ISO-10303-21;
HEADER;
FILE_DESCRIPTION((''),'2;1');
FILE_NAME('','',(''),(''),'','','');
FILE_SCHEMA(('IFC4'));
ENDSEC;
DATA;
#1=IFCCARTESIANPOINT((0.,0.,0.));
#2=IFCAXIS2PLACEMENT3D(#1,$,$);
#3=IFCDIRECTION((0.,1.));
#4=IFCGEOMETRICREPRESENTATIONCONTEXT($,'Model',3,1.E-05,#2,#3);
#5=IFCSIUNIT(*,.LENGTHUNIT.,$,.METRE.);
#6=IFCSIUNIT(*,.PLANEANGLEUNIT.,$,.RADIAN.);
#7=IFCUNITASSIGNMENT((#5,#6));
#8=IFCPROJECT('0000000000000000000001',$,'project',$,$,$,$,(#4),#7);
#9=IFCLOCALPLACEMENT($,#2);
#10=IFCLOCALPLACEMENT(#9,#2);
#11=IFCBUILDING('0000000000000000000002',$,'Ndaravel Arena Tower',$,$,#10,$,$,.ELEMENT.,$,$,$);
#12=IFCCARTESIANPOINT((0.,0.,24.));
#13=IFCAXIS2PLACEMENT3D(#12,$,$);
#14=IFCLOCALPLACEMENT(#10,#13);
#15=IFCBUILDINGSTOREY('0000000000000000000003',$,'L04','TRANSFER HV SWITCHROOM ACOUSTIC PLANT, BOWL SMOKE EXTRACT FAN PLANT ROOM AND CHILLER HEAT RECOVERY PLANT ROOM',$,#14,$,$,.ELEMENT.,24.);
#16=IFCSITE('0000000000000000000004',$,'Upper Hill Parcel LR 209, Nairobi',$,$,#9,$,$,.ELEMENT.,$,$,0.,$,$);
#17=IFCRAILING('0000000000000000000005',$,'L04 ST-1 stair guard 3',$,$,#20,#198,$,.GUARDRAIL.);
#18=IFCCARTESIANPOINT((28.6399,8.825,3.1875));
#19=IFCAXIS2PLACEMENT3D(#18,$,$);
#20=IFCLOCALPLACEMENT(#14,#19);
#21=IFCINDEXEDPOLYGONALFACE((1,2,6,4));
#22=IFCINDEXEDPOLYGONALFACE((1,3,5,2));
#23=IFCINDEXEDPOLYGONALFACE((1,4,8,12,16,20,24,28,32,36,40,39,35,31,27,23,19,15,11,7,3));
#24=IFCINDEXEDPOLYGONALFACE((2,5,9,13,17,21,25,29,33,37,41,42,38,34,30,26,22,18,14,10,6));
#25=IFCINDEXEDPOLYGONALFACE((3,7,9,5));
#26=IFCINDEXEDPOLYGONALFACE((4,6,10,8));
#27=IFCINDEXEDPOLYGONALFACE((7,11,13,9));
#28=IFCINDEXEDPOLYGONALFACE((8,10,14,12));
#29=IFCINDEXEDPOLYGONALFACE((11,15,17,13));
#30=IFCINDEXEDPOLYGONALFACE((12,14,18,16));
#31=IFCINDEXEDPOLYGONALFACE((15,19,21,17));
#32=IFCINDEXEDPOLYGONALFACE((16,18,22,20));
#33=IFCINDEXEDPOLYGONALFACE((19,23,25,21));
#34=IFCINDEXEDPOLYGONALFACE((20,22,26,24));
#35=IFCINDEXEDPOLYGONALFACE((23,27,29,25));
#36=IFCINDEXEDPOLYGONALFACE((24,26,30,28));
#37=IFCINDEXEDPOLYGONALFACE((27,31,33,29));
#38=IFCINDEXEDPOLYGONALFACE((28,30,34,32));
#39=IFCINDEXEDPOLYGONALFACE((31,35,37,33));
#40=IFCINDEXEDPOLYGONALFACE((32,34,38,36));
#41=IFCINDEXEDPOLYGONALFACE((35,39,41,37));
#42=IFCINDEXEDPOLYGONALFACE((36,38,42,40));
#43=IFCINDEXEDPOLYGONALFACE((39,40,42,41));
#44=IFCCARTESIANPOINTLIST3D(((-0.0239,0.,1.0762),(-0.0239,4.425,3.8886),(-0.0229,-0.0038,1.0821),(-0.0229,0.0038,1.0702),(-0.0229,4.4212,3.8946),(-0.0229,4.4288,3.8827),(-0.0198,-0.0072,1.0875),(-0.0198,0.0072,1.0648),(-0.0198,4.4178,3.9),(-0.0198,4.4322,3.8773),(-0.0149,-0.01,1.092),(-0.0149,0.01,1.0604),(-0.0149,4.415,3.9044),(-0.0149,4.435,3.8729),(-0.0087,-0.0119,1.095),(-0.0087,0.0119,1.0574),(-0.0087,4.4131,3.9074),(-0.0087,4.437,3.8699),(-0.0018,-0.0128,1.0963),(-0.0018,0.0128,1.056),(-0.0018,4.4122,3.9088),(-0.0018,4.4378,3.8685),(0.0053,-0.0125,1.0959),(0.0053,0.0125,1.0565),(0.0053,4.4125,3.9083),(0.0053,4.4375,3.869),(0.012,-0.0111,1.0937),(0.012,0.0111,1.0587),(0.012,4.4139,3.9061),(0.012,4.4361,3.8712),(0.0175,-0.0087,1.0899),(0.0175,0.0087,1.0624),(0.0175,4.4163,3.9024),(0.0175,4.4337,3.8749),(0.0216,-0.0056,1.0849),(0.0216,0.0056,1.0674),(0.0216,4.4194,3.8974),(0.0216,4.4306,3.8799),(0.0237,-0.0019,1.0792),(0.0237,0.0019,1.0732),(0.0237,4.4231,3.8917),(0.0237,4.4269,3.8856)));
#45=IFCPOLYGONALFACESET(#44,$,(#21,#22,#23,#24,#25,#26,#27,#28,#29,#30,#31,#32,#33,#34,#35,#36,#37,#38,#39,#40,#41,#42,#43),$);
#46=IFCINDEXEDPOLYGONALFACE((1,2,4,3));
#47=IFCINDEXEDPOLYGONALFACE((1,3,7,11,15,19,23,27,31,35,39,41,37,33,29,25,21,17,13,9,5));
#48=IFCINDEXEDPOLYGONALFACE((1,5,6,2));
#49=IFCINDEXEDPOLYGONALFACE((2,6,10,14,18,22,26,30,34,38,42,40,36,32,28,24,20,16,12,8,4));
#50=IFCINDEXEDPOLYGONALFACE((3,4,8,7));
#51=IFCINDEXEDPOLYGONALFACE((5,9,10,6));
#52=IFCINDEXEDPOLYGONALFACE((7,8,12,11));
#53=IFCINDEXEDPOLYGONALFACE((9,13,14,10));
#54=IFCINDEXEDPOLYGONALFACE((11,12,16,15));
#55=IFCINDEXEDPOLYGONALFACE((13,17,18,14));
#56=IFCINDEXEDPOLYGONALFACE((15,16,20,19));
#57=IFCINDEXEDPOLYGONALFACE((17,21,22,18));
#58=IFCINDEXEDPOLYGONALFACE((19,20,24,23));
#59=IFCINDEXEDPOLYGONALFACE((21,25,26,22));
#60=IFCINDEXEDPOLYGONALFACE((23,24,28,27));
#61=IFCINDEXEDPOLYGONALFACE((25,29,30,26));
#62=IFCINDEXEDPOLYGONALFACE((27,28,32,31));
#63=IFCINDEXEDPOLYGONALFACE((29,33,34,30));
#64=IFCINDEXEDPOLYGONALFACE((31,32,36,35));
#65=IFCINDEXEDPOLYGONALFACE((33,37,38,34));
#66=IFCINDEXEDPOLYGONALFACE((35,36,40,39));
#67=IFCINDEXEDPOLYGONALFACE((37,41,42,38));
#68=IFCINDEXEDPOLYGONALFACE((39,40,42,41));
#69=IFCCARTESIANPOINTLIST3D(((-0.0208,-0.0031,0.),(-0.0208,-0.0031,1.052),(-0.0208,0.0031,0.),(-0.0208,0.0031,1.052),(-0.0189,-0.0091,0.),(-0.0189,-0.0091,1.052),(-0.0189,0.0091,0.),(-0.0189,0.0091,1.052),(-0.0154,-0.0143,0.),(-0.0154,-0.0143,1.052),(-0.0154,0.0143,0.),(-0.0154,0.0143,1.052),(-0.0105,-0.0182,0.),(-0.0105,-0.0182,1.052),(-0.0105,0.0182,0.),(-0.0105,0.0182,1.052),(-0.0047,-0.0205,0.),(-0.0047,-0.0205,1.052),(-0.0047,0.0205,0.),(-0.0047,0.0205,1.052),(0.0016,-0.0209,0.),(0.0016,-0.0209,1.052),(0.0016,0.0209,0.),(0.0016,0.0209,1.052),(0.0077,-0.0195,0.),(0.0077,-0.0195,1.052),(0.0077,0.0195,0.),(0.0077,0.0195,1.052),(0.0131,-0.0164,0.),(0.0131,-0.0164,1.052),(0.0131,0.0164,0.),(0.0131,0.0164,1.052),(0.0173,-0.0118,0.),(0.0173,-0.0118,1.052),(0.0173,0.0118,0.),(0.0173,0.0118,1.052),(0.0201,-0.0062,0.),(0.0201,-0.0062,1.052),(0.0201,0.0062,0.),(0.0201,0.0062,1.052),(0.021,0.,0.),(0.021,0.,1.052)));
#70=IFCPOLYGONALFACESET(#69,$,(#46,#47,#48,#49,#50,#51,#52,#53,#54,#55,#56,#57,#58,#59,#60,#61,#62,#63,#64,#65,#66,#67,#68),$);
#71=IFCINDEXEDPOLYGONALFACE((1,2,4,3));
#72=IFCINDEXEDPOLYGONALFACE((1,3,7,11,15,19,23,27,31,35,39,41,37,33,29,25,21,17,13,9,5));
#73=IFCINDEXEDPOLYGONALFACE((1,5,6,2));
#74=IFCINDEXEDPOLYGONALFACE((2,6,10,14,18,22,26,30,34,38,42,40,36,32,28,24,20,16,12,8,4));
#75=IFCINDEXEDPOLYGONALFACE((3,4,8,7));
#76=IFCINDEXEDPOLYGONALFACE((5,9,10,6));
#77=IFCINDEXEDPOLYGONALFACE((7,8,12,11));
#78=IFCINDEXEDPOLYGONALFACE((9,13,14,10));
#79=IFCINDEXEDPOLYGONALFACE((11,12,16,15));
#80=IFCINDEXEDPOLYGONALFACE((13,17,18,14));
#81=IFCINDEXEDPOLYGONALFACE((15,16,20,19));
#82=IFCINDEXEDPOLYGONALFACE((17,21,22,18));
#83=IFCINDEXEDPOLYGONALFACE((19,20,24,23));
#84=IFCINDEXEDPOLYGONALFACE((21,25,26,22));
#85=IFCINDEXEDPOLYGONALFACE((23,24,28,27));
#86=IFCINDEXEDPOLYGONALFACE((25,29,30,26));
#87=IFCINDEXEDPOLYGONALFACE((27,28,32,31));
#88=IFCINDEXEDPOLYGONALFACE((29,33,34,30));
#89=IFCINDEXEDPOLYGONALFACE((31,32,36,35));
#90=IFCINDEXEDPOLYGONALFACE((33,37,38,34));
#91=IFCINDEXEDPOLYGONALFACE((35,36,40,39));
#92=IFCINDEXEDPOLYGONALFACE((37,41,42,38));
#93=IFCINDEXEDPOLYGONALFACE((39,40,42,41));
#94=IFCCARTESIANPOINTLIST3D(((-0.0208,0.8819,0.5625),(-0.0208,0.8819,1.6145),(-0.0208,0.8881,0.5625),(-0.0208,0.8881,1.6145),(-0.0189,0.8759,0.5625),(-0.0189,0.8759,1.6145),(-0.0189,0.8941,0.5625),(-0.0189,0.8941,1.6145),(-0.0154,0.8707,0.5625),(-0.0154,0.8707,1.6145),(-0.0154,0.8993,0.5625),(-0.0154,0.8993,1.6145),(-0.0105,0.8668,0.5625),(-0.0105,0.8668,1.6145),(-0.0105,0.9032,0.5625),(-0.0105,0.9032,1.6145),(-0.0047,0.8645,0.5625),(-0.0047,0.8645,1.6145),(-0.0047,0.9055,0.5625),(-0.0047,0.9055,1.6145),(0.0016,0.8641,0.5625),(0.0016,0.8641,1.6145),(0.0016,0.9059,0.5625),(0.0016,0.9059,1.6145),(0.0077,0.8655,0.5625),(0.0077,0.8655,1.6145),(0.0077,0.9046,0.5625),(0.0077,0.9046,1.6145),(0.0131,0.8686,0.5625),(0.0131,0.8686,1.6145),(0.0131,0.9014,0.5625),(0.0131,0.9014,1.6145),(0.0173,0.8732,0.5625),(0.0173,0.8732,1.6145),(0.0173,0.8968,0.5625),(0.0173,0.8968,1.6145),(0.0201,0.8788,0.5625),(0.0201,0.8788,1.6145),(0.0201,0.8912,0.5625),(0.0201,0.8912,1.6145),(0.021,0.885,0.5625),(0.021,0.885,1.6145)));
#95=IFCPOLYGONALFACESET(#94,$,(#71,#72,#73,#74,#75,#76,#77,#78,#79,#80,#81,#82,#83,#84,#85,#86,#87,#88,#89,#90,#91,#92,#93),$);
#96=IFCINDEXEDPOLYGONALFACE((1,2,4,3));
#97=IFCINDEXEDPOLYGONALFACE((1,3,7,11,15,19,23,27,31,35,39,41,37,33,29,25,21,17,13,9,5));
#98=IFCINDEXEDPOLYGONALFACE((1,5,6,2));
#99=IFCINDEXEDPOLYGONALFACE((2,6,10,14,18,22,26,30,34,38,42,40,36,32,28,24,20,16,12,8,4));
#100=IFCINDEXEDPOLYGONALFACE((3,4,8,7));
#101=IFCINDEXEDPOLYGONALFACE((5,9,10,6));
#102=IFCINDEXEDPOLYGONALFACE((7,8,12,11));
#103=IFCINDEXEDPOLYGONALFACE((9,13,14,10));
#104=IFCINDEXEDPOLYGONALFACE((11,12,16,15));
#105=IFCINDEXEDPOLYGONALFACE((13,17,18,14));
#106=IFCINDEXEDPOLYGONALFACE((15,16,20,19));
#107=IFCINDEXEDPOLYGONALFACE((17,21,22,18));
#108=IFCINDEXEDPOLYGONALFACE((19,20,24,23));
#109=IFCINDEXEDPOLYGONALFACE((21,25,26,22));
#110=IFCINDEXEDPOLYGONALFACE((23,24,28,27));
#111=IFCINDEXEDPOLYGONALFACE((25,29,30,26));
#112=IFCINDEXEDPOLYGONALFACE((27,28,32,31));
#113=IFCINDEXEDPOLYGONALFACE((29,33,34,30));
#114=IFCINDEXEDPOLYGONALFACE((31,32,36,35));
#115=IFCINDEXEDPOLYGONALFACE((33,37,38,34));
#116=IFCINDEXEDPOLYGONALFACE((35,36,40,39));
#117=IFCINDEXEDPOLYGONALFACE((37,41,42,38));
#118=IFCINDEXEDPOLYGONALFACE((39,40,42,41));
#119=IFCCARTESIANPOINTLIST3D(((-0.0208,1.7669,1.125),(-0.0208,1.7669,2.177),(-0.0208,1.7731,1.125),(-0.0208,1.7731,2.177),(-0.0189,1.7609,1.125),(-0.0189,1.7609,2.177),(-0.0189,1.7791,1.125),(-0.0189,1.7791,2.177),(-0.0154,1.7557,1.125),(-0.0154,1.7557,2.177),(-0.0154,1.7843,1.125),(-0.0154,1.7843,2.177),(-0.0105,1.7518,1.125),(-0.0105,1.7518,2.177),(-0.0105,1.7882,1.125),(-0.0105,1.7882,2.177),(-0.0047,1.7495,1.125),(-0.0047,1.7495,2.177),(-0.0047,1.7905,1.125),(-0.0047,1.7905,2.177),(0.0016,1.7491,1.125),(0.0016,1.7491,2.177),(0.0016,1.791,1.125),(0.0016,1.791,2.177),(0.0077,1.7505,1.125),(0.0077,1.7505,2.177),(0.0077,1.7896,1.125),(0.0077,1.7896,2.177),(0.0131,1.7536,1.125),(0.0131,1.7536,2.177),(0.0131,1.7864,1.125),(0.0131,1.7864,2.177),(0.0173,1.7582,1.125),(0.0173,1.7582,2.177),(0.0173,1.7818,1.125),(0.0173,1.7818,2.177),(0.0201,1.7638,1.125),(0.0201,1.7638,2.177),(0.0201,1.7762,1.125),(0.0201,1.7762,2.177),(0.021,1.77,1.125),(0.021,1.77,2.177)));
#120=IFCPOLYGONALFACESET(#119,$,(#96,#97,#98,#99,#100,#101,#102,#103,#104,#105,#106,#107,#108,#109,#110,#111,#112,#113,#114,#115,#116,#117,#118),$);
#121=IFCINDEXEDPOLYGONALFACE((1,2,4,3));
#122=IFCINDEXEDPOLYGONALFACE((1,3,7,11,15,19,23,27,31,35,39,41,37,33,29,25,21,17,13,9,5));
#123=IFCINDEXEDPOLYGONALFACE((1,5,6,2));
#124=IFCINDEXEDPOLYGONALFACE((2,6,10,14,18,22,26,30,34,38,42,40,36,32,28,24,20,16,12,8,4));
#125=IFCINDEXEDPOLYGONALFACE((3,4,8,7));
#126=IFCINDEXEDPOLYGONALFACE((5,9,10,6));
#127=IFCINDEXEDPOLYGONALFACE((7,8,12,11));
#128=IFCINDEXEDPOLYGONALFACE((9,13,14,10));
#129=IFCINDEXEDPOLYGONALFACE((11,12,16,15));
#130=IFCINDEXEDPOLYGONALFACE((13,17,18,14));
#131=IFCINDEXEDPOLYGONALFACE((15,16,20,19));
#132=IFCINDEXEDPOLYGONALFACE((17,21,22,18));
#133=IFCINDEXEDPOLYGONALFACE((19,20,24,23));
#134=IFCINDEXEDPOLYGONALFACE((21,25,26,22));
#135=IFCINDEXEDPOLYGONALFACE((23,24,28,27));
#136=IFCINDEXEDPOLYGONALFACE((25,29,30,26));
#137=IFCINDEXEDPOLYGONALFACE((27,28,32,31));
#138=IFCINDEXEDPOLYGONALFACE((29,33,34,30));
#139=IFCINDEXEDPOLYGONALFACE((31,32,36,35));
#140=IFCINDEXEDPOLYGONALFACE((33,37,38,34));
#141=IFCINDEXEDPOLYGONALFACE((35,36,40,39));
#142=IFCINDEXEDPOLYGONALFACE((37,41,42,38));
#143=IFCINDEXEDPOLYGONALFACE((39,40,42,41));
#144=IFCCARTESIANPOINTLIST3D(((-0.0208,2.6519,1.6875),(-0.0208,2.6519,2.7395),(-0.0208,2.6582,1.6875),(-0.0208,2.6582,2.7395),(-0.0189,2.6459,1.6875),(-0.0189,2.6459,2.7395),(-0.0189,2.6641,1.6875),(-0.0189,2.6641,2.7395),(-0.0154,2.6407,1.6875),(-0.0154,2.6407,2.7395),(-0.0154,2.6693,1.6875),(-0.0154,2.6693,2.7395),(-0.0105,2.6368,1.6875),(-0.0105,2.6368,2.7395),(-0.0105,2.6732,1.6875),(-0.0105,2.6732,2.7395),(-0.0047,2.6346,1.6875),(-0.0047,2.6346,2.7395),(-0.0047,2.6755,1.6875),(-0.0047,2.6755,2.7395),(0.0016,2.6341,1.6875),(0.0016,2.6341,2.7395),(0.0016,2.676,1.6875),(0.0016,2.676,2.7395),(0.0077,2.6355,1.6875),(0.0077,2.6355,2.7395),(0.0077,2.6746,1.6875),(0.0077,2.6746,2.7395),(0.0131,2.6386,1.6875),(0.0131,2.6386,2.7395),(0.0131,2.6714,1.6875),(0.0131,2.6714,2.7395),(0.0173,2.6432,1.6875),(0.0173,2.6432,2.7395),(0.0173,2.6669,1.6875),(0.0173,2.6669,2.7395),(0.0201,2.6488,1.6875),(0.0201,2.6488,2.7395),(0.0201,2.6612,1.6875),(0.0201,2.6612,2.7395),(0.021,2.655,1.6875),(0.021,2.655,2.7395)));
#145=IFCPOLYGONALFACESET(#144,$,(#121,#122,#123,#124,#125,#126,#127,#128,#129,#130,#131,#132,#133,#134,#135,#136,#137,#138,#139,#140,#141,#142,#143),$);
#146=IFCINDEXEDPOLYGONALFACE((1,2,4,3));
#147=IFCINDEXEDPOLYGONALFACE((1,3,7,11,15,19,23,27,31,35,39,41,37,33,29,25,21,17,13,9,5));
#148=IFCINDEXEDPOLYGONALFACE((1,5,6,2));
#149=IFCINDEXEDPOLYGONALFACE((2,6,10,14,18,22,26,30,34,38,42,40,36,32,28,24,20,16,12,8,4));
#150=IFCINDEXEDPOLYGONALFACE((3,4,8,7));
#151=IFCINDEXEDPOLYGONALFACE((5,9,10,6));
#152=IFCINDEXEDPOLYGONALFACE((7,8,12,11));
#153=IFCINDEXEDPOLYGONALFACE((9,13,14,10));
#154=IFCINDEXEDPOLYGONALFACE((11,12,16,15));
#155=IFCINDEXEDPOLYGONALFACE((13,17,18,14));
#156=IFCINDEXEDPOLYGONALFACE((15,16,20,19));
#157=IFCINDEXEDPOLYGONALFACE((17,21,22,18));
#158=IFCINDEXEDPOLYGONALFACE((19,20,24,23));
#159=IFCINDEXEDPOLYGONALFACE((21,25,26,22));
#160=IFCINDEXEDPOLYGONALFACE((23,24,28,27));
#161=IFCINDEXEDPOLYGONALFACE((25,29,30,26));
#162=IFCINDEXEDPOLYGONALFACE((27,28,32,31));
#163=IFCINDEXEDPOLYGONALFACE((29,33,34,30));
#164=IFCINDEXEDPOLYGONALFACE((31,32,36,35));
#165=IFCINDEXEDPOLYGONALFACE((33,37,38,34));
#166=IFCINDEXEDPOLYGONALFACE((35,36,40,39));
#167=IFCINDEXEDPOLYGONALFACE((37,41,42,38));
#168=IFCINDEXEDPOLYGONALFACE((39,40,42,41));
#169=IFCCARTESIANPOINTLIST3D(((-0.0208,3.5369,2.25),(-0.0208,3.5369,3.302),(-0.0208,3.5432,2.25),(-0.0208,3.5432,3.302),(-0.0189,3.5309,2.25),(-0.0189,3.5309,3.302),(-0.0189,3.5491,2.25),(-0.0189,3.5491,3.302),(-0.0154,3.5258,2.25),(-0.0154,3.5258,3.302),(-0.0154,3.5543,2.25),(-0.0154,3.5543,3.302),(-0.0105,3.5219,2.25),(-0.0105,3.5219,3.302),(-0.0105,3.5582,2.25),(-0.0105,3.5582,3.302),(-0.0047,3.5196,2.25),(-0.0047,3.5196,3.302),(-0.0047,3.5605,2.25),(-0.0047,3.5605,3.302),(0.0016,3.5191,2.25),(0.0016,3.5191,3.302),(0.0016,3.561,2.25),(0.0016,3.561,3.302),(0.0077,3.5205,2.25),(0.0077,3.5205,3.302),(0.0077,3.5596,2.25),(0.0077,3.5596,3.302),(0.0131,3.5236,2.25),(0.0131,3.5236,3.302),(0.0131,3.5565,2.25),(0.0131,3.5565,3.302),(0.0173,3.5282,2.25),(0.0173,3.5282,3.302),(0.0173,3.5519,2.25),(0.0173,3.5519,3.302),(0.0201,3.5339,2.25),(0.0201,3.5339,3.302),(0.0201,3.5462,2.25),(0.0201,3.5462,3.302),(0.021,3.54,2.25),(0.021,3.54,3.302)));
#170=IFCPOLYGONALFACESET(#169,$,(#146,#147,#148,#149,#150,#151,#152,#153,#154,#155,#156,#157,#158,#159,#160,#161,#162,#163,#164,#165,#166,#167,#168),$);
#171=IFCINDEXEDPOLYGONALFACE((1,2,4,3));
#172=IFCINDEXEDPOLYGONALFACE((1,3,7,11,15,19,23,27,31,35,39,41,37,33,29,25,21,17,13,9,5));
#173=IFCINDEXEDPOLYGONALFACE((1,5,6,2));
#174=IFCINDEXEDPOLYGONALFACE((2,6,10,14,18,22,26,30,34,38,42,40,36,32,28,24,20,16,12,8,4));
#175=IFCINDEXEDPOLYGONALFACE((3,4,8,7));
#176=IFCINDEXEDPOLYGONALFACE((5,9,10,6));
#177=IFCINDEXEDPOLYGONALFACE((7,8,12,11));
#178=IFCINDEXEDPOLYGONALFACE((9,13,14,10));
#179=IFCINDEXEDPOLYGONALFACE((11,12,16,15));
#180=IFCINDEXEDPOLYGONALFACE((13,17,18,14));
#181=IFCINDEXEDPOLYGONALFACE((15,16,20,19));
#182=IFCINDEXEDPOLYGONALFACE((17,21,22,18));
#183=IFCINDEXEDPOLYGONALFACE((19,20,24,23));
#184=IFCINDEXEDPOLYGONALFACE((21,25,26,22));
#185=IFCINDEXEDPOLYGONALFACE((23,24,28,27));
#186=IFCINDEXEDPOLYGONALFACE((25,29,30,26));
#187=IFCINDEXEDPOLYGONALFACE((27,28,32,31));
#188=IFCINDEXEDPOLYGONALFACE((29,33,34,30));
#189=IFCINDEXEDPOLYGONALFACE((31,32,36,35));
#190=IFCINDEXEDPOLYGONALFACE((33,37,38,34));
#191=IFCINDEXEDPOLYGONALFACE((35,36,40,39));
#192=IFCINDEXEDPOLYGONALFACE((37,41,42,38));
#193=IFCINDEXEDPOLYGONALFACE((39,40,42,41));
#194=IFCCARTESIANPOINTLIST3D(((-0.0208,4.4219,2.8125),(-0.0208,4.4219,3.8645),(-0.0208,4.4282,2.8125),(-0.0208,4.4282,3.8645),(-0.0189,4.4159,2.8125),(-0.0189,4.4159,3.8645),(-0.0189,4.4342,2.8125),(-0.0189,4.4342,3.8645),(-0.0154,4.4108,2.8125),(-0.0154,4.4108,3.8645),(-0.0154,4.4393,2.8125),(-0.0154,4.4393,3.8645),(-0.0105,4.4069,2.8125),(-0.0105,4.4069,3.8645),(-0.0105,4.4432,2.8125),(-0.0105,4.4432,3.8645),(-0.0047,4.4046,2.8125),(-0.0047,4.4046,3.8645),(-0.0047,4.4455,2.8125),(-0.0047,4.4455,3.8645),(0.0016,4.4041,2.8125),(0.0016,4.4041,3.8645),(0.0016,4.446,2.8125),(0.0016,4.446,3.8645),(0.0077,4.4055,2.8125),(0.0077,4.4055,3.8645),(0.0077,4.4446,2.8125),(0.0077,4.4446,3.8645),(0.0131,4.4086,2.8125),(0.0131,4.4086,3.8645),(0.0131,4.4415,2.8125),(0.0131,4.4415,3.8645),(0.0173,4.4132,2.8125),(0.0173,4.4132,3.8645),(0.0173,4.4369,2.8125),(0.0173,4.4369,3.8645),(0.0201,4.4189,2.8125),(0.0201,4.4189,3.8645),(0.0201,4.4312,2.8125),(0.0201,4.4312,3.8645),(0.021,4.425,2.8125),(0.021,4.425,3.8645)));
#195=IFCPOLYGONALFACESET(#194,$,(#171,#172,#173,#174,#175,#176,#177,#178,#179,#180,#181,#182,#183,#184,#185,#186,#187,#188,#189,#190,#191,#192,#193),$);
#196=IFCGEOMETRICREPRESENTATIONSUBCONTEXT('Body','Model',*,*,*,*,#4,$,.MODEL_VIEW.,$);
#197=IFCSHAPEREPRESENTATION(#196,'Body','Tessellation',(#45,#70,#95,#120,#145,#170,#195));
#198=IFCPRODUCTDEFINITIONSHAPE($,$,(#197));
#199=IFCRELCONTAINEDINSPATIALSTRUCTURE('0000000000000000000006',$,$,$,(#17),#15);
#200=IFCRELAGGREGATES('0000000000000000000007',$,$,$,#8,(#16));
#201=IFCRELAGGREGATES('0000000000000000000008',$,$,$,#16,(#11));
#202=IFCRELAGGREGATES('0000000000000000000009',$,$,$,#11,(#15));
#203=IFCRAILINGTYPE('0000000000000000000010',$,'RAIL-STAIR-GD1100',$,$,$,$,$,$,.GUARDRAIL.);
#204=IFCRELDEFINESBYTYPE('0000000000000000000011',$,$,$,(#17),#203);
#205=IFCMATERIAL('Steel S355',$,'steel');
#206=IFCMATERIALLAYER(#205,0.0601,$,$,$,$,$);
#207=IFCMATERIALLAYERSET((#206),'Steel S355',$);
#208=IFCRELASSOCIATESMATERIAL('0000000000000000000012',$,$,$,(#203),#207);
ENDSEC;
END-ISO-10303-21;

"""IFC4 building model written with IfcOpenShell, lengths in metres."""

from ifc_helpers import new_model, si_unit, direction, frame, origin, origin_2d, place, context, subcontext, project, spatial, circle, extrude, material, layer, layer_set, type_object, element, save


model = new_model("IFC4")

# Units and contexts
model_context = context("Model", 3, precision=1e-05, world=origin(), true_north=direction((0.0, 1.0)))
body_context = subcontext(model_context, "Body", "Model", "MODEL_VIEW")
ifc_project = project(units=[si_unit("LENGTHUNIT", "METRE"), si_unit("PLANEANGLEUNIT", "RADIAN")], contexts=[model_context])

# Site, building, storey
site_placement = place(None, origin())
site = spatial("IfcSite", under=ifc_project, at=site_placement, Name="Upper Hill Parcel LR 209, Nairobi", CompositionType="ELEMENT", RefElevation=0.0)
building_placement = place(site_placement, origin())
building = spatial("IfcBuilding", under=site, at=building_placement, Name="Ndaravel Arena Tower", CompositionType="ELEMENT")
storey_placement = place(building_placement, frame((0.0, 0.0, 24.0)))
storey = spatial("IfcBuildingStorey", under=building, at=storey_placement, Name="L04", Description="TRANSFER HV SWITCHROOM ACOUSTIC PLANT, BOWL SMOKE EXTRACT FAN PLANT ROOM AND CHILLER HEAT RECOVERY PLANT ROOM", CompositionType="ELEMENT", Elevation=24.0)

# Railing
ifc_material_1 = material(Name="Steel S355", Category="steel")
ifc_layer_1 = layer(ifc_material_1, 0.0601)
ifc_layer_set_1 = layer_set([ifc_layer_1], Name="Steel S355")
railing_type_1 = type_object("IfcRailingType", Name="RAIL-STAIR-GD1100", PredefinedType="GUARDRAIL", material=ifc_layer_set_1)
railing_1_placement = place(storey_placement, frame((28.6399, 8.825, 3.1875)))
element("IfcRailing", 1, at=railing_1_placement, inside=storey, type_object=railing_type_1, Name="L04 ST-1 stair guard 3", PredefinedType="GUARDRAIL", context=body_context, shape_type="SweptSolid", body=[
    extrude(circle(Radius=0.0239, at=origin_2d()), frame((0.0, 0.0, 1.0762), z_axis=(0.0, 0.843959, 0.536408), x_axis=(-1.0, 0.0, 0.0)), (0.0, 0.0, 1.0), 5.2432),
    extrude(circle(Radius=0.021, at=origin_2d()), origin(), (0.0, 0.0, 1.0), 1.052),
    extrude(circle(Radius=0.021, at=origin_2d()), frame((0.0, 0.885, 0.5625)), (0.0, 0.0, 1.0), 1.052),
    extrude(circle(Radius=0.021, at=origin_2d()), frame((0.0, 1.77, 1.125)), (0.0, 0.0, 1.0), 1.052),
    extrude(circle(Radius=0.021, at=origin_2d()), frame((0.0, 2.655, 1.6875)), (0.0, 0.0, 1.0), 1.052),
    extrude(circle(Radius=0.021, at=origin_2d()), frame((0.0, 3.54, 2.25)), (0.0, 0.0, 1.0), 1.052),
    extrude(circle(Radius=0.021, at=origin_2d()), frame((0.0, 4.425, 2.8125)), (0.0, 0.0, 1.0), 1.052),
])

save(model, "model.ifc")
